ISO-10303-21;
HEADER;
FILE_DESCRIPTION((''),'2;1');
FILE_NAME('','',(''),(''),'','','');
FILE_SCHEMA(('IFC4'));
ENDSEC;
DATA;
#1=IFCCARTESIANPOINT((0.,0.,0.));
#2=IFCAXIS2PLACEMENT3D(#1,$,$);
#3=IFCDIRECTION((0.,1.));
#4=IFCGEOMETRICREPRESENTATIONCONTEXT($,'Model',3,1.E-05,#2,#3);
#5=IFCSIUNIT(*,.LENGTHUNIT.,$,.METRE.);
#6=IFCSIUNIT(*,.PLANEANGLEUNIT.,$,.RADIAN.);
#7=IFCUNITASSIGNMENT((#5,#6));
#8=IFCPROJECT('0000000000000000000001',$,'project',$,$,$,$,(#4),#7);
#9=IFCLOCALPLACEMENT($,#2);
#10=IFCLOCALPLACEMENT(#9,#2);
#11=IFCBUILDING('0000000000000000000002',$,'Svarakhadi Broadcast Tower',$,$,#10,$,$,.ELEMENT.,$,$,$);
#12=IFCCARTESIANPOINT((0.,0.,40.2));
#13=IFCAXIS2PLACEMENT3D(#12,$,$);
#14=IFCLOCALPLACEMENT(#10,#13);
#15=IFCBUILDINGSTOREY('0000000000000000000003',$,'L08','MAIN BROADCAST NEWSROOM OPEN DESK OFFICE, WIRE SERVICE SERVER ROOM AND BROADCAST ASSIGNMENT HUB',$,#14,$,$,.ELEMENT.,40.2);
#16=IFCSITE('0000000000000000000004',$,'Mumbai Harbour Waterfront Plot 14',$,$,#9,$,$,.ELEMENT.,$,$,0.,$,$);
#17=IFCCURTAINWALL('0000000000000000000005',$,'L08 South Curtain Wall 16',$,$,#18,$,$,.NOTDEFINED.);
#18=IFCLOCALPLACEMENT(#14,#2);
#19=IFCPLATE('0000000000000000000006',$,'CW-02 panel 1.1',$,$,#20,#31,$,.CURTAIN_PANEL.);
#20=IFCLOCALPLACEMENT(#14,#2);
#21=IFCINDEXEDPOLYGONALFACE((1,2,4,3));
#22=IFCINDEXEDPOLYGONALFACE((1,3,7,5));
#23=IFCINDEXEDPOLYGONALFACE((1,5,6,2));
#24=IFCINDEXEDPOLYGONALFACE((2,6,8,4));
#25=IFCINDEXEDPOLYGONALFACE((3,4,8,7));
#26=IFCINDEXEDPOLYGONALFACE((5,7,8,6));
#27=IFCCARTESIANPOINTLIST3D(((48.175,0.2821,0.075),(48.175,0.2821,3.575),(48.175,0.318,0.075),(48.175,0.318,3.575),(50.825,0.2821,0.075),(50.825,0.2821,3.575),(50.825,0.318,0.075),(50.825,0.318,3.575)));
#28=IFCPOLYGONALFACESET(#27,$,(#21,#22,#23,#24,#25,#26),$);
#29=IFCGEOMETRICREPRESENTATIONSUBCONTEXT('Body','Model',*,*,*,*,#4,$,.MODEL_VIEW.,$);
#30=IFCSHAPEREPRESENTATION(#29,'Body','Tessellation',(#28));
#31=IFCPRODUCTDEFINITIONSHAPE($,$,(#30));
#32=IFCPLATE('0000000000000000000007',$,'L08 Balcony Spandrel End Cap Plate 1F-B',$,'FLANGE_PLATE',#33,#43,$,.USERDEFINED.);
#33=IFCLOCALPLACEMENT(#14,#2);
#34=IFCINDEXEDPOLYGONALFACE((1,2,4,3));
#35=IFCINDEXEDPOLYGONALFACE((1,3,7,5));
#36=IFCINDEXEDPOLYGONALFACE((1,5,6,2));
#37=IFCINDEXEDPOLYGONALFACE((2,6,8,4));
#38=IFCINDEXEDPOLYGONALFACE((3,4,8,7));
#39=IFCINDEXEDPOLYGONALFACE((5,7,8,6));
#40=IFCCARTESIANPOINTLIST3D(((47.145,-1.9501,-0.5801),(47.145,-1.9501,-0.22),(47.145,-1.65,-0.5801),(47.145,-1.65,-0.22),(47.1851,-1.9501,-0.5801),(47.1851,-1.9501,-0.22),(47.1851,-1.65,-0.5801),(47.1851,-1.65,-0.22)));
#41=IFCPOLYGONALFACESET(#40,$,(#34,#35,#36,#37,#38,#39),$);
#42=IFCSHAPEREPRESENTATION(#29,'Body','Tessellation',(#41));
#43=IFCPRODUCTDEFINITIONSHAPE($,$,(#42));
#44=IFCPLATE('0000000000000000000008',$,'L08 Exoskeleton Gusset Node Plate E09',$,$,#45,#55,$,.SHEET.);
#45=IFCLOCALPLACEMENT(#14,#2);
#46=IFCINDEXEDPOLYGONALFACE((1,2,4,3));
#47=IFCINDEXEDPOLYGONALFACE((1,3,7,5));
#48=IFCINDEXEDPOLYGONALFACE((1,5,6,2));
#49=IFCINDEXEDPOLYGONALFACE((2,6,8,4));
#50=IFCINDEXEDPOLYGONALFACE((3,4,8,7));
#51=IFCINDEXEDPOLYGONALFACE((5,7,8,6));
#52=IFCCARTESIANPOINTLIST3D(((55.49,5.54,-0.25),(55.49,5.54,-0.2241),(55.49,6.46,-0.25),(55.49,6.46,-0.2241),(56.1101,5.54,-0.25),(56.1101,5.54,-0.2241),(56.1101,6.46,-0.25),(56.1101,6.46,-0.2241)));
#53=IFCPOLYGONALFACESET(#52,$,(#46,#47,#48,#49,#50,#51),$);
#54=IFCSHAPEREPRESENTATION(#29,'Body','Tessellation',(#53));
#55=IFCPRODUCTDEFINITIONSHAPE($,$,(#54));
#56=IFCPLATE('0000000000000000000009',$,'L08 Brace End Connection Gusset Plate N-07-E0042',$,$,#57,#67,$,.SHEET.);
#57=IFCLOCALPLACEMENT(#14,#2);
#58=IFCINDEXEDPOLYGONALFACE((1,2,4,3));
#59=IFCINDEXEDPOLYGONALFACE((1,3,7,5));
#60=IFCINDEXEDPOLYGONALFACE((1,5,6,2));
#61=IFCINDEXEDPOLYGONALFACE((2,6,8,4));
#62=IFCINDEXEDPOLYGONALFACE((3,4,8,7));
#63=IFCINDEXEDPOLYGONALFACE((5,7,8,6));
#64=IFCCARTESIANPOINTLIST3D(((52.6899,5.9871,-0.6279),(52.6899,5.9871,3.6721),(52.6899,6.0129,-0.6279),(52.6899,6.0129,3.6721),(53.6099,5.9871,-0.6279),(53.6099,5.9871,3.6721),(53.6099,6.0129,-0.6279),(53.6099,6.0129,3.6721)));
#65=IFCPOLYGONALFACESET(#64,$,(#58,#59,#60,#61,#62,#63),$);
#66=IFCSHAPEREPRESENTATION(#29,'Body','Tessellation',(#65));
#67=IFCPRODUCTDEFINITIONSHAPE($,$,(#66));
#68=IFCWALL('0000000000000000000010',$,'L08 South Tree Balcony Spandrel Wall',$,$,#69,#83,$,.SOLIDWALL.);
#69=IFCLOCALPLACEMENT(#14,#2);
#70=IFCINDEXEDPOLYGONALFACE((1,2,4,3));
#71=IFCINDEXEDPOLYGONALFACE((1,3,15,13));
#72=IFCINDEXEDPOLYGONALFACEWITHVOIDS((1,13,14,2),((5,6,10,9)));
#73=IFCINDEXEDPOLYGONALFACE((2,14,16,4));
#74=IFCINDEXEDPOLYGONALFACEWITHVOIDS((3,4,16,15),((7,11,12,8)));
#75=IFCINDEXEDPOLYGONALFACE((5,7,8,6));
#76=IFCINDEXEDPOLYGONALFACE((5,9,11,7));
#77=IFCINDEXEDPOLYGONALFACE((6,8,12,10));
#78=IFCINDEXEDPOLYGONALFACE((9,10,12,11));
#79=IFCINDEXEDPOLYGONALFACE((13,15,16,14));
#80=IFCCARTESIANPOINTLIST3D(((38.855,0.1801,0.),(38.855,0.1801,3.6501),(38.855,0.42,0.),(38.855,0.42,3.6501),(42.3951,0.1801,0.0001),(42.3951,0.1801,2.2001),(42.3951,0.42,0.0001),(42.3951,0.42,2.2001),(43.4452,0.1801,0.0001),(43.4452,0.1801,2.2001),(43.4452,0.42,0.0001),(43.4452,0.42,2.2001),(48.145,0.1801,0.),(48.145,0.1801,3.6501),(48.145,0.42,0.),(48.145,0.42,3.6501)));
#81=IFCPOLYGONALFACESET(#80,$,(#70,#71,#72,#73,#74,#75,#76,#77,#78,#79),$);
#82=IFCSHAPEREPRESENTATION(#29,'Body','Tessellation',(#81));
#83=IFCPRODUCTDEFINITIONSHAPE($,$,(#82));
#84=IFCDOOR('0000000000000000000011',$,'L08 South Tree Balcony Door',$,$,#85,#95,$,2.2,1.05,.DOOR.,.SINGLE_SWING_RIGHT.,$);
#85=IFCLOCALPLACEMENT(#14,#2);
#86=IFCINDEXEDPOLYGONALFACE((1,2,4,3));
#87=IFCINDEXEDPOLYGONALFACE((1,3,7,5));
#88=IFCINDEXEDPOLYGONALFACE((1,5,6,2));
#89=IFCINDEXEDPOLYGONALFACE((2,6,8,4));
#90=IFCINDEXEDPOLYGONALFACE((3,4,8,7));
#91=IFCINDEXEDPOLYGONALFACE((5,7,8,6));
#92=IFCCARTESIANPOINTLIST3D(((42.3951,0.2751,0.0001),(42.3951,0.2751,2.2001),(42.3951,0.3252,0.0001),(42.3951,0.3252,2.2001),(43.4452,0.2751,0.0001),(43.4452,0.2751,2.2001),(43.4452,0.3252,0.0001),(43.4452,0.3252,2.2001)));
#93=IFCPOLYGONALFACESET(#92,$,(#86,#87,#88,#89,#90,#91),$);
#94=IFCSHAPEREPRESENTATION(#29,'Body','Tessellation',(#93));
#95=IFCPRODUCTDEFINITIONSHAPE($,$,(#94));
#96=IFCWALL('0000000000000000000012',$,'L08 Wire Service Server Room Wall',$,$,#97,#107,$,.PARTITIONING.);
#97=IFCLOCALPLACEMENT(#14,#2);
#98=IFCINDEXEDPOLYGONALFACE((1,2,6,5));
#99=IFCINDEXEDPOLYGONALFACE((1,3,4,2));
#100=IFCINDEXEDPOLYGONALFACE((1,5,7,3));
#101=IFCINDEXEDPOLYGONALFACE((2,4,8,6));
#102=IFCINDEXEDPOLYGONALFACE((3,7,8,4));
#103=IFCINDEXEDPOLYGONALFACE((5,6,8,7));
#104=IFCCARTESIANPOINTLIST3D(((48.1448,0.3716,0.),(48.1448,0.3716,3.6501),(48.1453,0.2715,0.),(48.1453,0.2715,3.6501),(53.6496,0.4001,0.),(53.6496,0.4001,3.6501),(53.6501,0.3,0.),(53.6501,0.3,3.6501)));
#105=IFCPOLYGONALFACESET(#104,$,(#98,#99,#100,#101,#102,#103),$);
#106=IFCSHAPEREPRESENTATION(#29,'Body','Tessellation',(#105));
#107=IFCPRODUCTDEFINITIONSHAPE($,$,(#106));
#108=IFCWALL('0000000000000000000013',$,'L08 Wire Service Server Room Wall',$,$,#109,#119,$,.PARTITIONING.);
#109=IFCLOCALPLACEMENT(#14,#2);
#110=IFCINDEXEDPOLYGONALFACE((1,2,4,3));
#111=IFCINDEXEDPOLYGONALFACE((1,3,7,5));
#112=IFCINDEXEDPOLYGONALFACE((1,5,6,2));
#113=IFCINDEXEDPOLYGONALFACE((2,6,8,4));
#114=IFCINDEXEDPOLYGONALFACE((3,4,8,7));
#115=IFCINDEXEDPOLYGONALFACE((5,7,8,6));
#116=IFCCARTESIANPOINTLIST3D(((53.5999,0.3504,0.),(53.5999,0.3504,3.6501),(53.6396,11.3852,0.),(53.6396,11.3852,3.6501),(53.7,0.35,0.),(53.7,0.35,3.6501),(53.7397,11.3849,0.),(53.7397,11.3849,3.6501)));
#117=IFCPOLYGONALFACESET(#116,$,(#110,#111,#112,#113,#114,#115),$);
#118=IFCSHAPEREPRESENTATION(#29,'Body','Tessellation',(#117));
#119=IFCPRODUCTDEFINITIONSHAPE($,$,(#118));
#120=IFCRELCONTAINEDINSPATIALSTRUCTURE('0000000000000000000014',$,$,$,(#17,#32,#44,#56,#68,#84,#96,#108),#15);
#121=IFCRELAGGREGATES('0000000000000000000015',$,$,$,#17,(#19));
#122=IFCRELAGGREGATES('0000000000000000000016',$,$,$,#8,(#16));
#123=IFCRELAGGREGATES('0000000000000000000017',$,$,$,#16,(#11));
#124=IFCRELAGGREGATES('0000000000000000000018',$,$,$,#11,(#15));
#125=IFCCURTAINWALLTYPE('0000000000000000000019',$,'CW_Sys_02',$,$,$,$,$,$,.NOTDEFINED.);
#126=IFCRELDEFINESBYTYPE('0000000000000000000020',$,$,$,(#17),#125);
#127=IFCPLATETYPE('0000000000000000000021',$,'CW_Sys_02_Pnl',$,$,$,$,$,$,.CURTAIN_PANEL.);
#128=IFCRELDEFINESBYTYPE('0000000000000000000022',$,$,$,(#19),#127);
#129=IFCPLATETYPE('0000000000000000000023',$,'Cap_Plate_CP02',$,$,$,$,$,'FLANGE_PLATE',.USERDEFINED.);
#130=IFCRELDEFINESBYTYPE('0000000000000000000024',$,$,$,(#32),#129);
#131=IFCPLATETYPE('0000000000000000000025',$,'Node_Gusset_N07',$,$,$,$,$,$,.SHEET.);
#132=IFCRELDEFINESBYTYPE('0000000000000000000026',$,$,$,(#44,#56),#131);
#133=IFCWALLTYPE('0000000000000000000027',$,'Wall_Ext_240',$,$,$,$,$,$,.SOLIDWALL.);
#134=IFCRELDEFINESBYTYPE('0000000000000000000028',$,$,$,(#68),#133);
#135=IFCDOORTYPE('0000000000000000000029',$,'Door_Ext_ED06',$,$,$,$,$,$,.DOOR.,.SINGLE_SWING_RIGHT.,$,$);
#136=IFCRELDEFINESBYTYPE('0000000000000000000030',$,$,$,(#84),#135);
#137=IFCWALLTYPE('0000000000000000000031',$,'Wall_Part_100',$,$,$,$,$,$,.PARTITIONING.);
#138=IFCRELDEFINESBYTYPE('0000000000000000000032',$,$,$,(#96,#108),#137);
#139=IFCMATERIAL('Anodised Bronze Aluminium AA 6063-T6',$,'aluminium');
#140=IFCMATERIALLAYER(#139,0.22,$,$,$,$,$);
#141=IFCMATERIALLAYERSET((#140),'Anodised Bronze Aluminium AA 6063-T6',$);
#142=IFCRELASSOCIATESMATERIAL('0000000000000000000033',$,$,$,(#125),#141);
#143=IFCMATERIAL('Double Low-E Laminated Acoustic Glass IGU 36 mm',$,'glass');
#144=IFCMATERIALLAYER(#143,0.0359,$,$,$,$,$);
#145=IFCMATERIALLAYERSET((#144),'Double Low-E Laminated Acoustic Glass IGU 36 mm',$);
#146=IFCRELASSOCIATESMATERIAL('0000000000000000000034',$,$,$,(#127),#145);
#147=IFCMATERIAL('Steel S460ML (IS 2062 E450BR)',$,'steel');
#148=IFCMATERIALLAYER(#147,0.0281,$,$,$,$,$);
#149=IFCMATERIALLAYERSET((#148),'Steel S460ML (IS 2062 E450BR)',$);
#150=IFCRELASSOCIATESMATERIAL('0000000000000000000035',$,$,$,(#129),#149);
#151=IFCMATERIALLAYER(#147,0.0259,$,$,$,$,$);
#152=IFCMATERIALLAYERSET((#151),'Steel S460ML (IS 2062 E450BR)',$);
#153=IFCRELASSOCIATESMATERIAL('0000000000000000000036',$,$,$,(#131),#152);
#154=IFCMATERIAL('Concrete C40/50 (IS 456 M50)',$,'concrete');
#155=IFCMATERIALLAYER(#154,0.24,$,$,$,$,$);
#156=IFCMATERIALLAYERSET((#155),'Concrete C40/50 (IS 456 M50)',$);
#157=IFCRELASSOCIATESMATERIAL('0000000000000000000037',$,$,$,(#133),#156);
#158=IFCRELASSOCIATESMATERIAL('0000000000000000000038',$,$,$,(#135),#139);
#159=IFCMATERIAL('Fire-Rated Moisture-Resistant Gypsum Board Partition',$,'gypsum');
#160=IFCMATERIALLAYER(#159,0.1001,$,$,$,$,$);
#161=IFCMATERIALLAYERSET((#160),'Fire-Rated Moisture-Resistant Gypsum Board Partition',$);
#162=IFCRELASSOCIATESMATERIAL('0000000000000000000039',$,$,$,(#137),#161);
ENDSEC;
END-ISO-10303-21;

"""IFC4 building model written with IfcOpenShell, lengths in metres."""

from ifc_helpers import new_model, si_unit, direction, frame, frame_2d, origin, origin_2d, place, context, subcontext, project, spatial, rectangle, extrude, material, layer, layer_set, type_object, element, fill, aggregate, save


model = new_model("IFC4")

# Units and contexts
model_context = context("Model", 3, precision=1e-05, world=origin(), true_north=direction((0.0, 1.0)))
body_context = subcontext(model_context, "Body", "Model", "MODEL_VIEW")
ifc_project = project(units=[si_unit("LENGTHUNIT", "METRE"), si_unit("PLANEANGLEUNIT", "RADIAN")], contexts=[model_context])

# Site, building, storey
site_placement = place(None, origin())
site = spatial("IfcSite", under=ifc_project, at=site_placement, Name="Mumbai Harbour Waterfront Plot 14", CompositionType="ELEMENT", RefElevation=0.0)
building_placement = place(site_placement, origin())
building = spatial("IfcBuilding", under=site, at=building_placement, Name="Svarakhadi Broadcast Tower", CompositionType="ELEMENT")
storey_placement = place(building_placement, frame((0.0, 0.0, 40.2)))
storey = spatial("IfcBuildingStorey", under=building, at=storey_placement, Name="L08", Description="MAIN BROADCAST NEWSROOM OPEN DESK OFFICE, WIRE SERVICE SERVER ROOM AND BROADCAST ASSIGNMENT HUB", CompositionType="ELEMENT", Elevation=40.2)

# Curtain wall
ifc_material_1 = material(Name="Anodised Bronze Aluminium AA 6063-T6", Category="aluminium")
ifc_layer_1 = layer(ifc_material_1, 0.22)
ifc_layer_set_1 = layer_set([ifc_layer_1], Name="Anodised Bronze Aluminium AA 6063-T6")
curtain_wall_type = type_object("IfcCurtainWallType", Name="CW_Sys_02", PredefinedType="NOTDEFINED", material=ifc_layer_set_1)
curtain_wall_1_placement = place(storey_placement, origin())
curtain_wall_1 = element("IfcCurtainWall", 1, at=curtain_wall_1_placement, inside=storey, type_object=curtain_wall_type, Name="L08 South Curtain Wall 16", PredefinedType="NOTDEFINED")

# Shared definitions
ifc_material_2 = material(Name="Steel S460ML (IS 2062 E450BR)", Category="steel")

# Plate
ifc_material_3 = material(Name="Double Low-E Laminated Acoustic Glass IGU 36 mm", Category="glass")
ifc_layer_2 = layer(ifc_material_3, 0.0359)
ifc_layer_set_2 = layer_set([ifc_layer_2], Name="Double Low-E Laminated Acoustic Glass IGU 36 mm")
plate_type_1 = type_object("IfcPlateType", Name="CW_Sys_02_Pnl", PredefinedType="CURTAIN_PANEL", material=ifc_layer_set_2)
plate_1_placement = place(storey_placement, frame((49.5, 0.3, 0.075), z_axis=(0.0, 0.0, 1.0), x_axis=(-1.0, 0.0, 0.0)))
plate_1 = element("IfcPlate", 2, at=plate_1_placement, type_object=plate_type_1, Name="CW-02 panel 1.1", PredefinedType="CURTAIN_PANEL", context=body_context, shape_type="SweptSolid", body=[
    extrude(rectangle(XDim=2.6499, YDim=0.0359, at=origin_2d()), origin(), (0.0, 0.0, 1.0), 3.5),
])
aggregate(curtain_wall_1, [plate_1])

# Plates
ifc_layer_3 = layer(ifc_material_2, 0.0281)
ifc_layer_set_3 = layer_set([ifc_layer_3], Name="Steel S460ML (IS 2062 E450BR)")
plate_type_2 = type_object("IfcPlateType", Name="Cap_Plate_CP02", ElementType="FLANGE_PLATE", PredefinedType="USERDEFINED", material=ifc_layer_set_3)
plate_2_placement = place(storey_placement, frame((47.165, -1.8, -0.5801), z_axis=(0.0, 0.0, 1.0), x_axis=(1.0, 0.0, 0.0)))
element("IfcPlate", 3, at=plate_2_placement, inside=storey, type_object=plate_type_2, Name="L08 Balcony Spandrel End Cap Plate 1F-B", ObjectType="FLANGE_PLATE", PredefinedType="USERDEFINED", context=body_context, shape_type="SweptSolid", body=[
    extrude(rectangle(XDim=0.04, YDim=0.3, at=origin_2d()), origin(), (0.0, 0.0, 1.0), 0.3601),
])
ifc_layer_4 = layer(ifc_material_2, 0.0259)
ifc_layer_set_4 = layer_set([ifc_layer_4], Name="Steel S460ML (IS 2062 E450BR)")
plate_type_3 = type_object("IfcPlateType", Name="Node_Gusset_N07", PredefinedType="SHEET", material=ifc_layer_set_4)
plate_3_placement = place(storey_placement, frame((55.8, 6.0, -0.25), z_axis=(0.0, 0.0, 1.0), x_axis=(0.0, 1.0, 0.0)))
element("IfcPlate", 4, at=plate_3_placement, inside=storey, type_object=plate_type_3, Name="L08 Exoskeleton Gusset Node Plate E09", PredefinedType="SHEET", context=body_context, shape_type="SweptSolid", body=[
    extrude(rectangle(XDim=0.9199, YDim=0.6201, at=origin_2d()), origin(), (0.0, 0.0, 1.0), 0.0259),
])
plate_4_placement = place(storey_placement, frame((53.1499, 6.0, -0.6279), z_axis=(0.0, 0.0, 1.0), x_axis=(1.0, 0.0, 0.0)))
element("IfcPlate", 5, at=plate_4_placement, inside=storey, type_object=plate_type_3, Name="L08 Brace End Connection Gusset Plate N-07-E0042", PredefinedType="SHEET", context=body_context, shape_type="SweptSolid", body=[
    extrude(rectangle(XDim=0.9199, YDim=0.0259, at=origin_2d()), origin(), (0.0, 0.0, 1.0), 4.3),
])

# Wall, opening, door
ifc_material_4 = material(Name="Concrete C40/50 (IS 456 M50)", Category="concrete")
ifc_layer_5 = layer(ifc_material_4, 0.24)
ifc_layer_set_5 = layer_set([ifc_layer_5], Name="Concrete C40/50 (IS 456 M50)")
wall_type_1 = type_object("IfcWallType", Name="Wall_Ext_240", PredefinedType="SOLIDWALL", material=ifc_layer_set_5)
wall_1_placement = place(storey_placement, frame((48.145, 0.3, 0.0), z_axis=(0.0, 0.0, 1.0), x_axis=(-1.0, 0.0, 0.0)))
wall_1 = element("IfcWall", 6, at=wall_1_placement, inside=storey, type_object=wall_type_1, Name="L08 South Tree Balcony Spandrel Wall", PredefinedType="SOLIDWALL", context=body_context, shape_type="SweptSolid", body=[
    extrude(rectangle(XDim=9.29, YDim=0.24, at=frame_2d((4.645, 0.0))), origin(), (0.0, 0.0, 1.0), 3.6501),
])
opening_placement = place(wall_1_placement, frame((4.7, 0.0, 0.0)))
opening = element("IfcOpeningElement", 7, at=opening_placement, cuts=wall_1, PredefinedType="OPENING", context=body_context, shape_type="SweptSolid", body=[
    extrude(rectangle(XDim=1.05, YDim=2.2, at=frame_2d((0.5249, 1.1001))), frame((0.0, 0.1299, 0.0), z_axis=(0.0, -1.0, 0.0), x_axis=(1.0, 0.0, 0.0)), (0.0, 0.0, 1.0), 0.26),
])
door_type = type_object("IfcDoorType", Name="Door_Ext_ED06", OperationType="SINGLE_SWING_RIGHT", PredefinedType="DOOR", material=ifc_material_1)
door_placement = place(opening_placement, origin())
door = element("IfcDoor", 8, at=door_placement, inside=storey, type_object=door_type, Name="L08 South Tree Balcony Door", OperationType="SINGLE_SWING_RIGHT", OverallHeight=2.2, OverallWidth=1.05, PredefinedType="DOOR", context=body_context, shape_type="SweptSolid", body=[
    extrude(rectangle(XDim=1.05, YDim=2.2, at=frame_2d((0.5249, 1.1001))), frame((0.0, 0.0249, 0.0), z_axis=(0.0, -1.0, 0.0), x_axis=(1.0, 0.0, 0.0)), (0.0, 0.0, 1.0), 0.05),
])
fill(opening, door)

# Walls
ifc_material_5 = material(Name="Fire-Rated Moisture-Resistant Gypsum Board Partition", Category="gypsum")
ifc_layer_6 = layer(ifc_material_5, 0.1001)
ifc_layer_set_6 = layer_set([ifc_layer_6], Name="Fire-Rated Moisture-Resistant Gypsum Board Partition")
wall_type_2 = type_object("IfcWallType", Name="Wall_Part_100", PredefinedType="PARTITIONING", material=ifc_layer_set_6)
wall_2_placement = place(storey_placement, frame((48.145, 0.3215, 0.0), z_axis=(0.0, 0.0, 1.0), x_axis=(0.999987, 0.005189, 0.0)))
element("IfcWall", 9, at=wall_2_placement, inside=storey, type_object=wall_type_2, Name="L08 Wire Service Server Room Wall", PredefinedType="PARTITIONING", context=body_context, shape_type="SweptSolid", body=[
    extrude(rectangle(XDim=5.5049, YDim=0.1001, at=frame_2d((2.7524, 0.0))), origin(), (0.0, 0.0, 1.0), 3.6501),
])
wall_3_placement = place(storey_placement, frame((53.6499, 0.3501, 0.0), z_axis=(0.0, 0.0, 1.0), x_axis=(0.003606, 0.999993, 0.0)))
element("IfcWall", 10, at=wall_3_placement, inside=storey, type_object=wall_type_2, Name="L08 Wire Service Server Room Wall", PredefinedType="PARTITIONING", context=body_context, shape_type="SweptSolid", body=[
    extrude(rectangle(XDim=11.0349, YDim=0.1001, at=frame_2d((5.5176, 0.0))), origin(), (0.0, 0.0, 1.0), 3.6501),
])

save(model, "model.ifc")
